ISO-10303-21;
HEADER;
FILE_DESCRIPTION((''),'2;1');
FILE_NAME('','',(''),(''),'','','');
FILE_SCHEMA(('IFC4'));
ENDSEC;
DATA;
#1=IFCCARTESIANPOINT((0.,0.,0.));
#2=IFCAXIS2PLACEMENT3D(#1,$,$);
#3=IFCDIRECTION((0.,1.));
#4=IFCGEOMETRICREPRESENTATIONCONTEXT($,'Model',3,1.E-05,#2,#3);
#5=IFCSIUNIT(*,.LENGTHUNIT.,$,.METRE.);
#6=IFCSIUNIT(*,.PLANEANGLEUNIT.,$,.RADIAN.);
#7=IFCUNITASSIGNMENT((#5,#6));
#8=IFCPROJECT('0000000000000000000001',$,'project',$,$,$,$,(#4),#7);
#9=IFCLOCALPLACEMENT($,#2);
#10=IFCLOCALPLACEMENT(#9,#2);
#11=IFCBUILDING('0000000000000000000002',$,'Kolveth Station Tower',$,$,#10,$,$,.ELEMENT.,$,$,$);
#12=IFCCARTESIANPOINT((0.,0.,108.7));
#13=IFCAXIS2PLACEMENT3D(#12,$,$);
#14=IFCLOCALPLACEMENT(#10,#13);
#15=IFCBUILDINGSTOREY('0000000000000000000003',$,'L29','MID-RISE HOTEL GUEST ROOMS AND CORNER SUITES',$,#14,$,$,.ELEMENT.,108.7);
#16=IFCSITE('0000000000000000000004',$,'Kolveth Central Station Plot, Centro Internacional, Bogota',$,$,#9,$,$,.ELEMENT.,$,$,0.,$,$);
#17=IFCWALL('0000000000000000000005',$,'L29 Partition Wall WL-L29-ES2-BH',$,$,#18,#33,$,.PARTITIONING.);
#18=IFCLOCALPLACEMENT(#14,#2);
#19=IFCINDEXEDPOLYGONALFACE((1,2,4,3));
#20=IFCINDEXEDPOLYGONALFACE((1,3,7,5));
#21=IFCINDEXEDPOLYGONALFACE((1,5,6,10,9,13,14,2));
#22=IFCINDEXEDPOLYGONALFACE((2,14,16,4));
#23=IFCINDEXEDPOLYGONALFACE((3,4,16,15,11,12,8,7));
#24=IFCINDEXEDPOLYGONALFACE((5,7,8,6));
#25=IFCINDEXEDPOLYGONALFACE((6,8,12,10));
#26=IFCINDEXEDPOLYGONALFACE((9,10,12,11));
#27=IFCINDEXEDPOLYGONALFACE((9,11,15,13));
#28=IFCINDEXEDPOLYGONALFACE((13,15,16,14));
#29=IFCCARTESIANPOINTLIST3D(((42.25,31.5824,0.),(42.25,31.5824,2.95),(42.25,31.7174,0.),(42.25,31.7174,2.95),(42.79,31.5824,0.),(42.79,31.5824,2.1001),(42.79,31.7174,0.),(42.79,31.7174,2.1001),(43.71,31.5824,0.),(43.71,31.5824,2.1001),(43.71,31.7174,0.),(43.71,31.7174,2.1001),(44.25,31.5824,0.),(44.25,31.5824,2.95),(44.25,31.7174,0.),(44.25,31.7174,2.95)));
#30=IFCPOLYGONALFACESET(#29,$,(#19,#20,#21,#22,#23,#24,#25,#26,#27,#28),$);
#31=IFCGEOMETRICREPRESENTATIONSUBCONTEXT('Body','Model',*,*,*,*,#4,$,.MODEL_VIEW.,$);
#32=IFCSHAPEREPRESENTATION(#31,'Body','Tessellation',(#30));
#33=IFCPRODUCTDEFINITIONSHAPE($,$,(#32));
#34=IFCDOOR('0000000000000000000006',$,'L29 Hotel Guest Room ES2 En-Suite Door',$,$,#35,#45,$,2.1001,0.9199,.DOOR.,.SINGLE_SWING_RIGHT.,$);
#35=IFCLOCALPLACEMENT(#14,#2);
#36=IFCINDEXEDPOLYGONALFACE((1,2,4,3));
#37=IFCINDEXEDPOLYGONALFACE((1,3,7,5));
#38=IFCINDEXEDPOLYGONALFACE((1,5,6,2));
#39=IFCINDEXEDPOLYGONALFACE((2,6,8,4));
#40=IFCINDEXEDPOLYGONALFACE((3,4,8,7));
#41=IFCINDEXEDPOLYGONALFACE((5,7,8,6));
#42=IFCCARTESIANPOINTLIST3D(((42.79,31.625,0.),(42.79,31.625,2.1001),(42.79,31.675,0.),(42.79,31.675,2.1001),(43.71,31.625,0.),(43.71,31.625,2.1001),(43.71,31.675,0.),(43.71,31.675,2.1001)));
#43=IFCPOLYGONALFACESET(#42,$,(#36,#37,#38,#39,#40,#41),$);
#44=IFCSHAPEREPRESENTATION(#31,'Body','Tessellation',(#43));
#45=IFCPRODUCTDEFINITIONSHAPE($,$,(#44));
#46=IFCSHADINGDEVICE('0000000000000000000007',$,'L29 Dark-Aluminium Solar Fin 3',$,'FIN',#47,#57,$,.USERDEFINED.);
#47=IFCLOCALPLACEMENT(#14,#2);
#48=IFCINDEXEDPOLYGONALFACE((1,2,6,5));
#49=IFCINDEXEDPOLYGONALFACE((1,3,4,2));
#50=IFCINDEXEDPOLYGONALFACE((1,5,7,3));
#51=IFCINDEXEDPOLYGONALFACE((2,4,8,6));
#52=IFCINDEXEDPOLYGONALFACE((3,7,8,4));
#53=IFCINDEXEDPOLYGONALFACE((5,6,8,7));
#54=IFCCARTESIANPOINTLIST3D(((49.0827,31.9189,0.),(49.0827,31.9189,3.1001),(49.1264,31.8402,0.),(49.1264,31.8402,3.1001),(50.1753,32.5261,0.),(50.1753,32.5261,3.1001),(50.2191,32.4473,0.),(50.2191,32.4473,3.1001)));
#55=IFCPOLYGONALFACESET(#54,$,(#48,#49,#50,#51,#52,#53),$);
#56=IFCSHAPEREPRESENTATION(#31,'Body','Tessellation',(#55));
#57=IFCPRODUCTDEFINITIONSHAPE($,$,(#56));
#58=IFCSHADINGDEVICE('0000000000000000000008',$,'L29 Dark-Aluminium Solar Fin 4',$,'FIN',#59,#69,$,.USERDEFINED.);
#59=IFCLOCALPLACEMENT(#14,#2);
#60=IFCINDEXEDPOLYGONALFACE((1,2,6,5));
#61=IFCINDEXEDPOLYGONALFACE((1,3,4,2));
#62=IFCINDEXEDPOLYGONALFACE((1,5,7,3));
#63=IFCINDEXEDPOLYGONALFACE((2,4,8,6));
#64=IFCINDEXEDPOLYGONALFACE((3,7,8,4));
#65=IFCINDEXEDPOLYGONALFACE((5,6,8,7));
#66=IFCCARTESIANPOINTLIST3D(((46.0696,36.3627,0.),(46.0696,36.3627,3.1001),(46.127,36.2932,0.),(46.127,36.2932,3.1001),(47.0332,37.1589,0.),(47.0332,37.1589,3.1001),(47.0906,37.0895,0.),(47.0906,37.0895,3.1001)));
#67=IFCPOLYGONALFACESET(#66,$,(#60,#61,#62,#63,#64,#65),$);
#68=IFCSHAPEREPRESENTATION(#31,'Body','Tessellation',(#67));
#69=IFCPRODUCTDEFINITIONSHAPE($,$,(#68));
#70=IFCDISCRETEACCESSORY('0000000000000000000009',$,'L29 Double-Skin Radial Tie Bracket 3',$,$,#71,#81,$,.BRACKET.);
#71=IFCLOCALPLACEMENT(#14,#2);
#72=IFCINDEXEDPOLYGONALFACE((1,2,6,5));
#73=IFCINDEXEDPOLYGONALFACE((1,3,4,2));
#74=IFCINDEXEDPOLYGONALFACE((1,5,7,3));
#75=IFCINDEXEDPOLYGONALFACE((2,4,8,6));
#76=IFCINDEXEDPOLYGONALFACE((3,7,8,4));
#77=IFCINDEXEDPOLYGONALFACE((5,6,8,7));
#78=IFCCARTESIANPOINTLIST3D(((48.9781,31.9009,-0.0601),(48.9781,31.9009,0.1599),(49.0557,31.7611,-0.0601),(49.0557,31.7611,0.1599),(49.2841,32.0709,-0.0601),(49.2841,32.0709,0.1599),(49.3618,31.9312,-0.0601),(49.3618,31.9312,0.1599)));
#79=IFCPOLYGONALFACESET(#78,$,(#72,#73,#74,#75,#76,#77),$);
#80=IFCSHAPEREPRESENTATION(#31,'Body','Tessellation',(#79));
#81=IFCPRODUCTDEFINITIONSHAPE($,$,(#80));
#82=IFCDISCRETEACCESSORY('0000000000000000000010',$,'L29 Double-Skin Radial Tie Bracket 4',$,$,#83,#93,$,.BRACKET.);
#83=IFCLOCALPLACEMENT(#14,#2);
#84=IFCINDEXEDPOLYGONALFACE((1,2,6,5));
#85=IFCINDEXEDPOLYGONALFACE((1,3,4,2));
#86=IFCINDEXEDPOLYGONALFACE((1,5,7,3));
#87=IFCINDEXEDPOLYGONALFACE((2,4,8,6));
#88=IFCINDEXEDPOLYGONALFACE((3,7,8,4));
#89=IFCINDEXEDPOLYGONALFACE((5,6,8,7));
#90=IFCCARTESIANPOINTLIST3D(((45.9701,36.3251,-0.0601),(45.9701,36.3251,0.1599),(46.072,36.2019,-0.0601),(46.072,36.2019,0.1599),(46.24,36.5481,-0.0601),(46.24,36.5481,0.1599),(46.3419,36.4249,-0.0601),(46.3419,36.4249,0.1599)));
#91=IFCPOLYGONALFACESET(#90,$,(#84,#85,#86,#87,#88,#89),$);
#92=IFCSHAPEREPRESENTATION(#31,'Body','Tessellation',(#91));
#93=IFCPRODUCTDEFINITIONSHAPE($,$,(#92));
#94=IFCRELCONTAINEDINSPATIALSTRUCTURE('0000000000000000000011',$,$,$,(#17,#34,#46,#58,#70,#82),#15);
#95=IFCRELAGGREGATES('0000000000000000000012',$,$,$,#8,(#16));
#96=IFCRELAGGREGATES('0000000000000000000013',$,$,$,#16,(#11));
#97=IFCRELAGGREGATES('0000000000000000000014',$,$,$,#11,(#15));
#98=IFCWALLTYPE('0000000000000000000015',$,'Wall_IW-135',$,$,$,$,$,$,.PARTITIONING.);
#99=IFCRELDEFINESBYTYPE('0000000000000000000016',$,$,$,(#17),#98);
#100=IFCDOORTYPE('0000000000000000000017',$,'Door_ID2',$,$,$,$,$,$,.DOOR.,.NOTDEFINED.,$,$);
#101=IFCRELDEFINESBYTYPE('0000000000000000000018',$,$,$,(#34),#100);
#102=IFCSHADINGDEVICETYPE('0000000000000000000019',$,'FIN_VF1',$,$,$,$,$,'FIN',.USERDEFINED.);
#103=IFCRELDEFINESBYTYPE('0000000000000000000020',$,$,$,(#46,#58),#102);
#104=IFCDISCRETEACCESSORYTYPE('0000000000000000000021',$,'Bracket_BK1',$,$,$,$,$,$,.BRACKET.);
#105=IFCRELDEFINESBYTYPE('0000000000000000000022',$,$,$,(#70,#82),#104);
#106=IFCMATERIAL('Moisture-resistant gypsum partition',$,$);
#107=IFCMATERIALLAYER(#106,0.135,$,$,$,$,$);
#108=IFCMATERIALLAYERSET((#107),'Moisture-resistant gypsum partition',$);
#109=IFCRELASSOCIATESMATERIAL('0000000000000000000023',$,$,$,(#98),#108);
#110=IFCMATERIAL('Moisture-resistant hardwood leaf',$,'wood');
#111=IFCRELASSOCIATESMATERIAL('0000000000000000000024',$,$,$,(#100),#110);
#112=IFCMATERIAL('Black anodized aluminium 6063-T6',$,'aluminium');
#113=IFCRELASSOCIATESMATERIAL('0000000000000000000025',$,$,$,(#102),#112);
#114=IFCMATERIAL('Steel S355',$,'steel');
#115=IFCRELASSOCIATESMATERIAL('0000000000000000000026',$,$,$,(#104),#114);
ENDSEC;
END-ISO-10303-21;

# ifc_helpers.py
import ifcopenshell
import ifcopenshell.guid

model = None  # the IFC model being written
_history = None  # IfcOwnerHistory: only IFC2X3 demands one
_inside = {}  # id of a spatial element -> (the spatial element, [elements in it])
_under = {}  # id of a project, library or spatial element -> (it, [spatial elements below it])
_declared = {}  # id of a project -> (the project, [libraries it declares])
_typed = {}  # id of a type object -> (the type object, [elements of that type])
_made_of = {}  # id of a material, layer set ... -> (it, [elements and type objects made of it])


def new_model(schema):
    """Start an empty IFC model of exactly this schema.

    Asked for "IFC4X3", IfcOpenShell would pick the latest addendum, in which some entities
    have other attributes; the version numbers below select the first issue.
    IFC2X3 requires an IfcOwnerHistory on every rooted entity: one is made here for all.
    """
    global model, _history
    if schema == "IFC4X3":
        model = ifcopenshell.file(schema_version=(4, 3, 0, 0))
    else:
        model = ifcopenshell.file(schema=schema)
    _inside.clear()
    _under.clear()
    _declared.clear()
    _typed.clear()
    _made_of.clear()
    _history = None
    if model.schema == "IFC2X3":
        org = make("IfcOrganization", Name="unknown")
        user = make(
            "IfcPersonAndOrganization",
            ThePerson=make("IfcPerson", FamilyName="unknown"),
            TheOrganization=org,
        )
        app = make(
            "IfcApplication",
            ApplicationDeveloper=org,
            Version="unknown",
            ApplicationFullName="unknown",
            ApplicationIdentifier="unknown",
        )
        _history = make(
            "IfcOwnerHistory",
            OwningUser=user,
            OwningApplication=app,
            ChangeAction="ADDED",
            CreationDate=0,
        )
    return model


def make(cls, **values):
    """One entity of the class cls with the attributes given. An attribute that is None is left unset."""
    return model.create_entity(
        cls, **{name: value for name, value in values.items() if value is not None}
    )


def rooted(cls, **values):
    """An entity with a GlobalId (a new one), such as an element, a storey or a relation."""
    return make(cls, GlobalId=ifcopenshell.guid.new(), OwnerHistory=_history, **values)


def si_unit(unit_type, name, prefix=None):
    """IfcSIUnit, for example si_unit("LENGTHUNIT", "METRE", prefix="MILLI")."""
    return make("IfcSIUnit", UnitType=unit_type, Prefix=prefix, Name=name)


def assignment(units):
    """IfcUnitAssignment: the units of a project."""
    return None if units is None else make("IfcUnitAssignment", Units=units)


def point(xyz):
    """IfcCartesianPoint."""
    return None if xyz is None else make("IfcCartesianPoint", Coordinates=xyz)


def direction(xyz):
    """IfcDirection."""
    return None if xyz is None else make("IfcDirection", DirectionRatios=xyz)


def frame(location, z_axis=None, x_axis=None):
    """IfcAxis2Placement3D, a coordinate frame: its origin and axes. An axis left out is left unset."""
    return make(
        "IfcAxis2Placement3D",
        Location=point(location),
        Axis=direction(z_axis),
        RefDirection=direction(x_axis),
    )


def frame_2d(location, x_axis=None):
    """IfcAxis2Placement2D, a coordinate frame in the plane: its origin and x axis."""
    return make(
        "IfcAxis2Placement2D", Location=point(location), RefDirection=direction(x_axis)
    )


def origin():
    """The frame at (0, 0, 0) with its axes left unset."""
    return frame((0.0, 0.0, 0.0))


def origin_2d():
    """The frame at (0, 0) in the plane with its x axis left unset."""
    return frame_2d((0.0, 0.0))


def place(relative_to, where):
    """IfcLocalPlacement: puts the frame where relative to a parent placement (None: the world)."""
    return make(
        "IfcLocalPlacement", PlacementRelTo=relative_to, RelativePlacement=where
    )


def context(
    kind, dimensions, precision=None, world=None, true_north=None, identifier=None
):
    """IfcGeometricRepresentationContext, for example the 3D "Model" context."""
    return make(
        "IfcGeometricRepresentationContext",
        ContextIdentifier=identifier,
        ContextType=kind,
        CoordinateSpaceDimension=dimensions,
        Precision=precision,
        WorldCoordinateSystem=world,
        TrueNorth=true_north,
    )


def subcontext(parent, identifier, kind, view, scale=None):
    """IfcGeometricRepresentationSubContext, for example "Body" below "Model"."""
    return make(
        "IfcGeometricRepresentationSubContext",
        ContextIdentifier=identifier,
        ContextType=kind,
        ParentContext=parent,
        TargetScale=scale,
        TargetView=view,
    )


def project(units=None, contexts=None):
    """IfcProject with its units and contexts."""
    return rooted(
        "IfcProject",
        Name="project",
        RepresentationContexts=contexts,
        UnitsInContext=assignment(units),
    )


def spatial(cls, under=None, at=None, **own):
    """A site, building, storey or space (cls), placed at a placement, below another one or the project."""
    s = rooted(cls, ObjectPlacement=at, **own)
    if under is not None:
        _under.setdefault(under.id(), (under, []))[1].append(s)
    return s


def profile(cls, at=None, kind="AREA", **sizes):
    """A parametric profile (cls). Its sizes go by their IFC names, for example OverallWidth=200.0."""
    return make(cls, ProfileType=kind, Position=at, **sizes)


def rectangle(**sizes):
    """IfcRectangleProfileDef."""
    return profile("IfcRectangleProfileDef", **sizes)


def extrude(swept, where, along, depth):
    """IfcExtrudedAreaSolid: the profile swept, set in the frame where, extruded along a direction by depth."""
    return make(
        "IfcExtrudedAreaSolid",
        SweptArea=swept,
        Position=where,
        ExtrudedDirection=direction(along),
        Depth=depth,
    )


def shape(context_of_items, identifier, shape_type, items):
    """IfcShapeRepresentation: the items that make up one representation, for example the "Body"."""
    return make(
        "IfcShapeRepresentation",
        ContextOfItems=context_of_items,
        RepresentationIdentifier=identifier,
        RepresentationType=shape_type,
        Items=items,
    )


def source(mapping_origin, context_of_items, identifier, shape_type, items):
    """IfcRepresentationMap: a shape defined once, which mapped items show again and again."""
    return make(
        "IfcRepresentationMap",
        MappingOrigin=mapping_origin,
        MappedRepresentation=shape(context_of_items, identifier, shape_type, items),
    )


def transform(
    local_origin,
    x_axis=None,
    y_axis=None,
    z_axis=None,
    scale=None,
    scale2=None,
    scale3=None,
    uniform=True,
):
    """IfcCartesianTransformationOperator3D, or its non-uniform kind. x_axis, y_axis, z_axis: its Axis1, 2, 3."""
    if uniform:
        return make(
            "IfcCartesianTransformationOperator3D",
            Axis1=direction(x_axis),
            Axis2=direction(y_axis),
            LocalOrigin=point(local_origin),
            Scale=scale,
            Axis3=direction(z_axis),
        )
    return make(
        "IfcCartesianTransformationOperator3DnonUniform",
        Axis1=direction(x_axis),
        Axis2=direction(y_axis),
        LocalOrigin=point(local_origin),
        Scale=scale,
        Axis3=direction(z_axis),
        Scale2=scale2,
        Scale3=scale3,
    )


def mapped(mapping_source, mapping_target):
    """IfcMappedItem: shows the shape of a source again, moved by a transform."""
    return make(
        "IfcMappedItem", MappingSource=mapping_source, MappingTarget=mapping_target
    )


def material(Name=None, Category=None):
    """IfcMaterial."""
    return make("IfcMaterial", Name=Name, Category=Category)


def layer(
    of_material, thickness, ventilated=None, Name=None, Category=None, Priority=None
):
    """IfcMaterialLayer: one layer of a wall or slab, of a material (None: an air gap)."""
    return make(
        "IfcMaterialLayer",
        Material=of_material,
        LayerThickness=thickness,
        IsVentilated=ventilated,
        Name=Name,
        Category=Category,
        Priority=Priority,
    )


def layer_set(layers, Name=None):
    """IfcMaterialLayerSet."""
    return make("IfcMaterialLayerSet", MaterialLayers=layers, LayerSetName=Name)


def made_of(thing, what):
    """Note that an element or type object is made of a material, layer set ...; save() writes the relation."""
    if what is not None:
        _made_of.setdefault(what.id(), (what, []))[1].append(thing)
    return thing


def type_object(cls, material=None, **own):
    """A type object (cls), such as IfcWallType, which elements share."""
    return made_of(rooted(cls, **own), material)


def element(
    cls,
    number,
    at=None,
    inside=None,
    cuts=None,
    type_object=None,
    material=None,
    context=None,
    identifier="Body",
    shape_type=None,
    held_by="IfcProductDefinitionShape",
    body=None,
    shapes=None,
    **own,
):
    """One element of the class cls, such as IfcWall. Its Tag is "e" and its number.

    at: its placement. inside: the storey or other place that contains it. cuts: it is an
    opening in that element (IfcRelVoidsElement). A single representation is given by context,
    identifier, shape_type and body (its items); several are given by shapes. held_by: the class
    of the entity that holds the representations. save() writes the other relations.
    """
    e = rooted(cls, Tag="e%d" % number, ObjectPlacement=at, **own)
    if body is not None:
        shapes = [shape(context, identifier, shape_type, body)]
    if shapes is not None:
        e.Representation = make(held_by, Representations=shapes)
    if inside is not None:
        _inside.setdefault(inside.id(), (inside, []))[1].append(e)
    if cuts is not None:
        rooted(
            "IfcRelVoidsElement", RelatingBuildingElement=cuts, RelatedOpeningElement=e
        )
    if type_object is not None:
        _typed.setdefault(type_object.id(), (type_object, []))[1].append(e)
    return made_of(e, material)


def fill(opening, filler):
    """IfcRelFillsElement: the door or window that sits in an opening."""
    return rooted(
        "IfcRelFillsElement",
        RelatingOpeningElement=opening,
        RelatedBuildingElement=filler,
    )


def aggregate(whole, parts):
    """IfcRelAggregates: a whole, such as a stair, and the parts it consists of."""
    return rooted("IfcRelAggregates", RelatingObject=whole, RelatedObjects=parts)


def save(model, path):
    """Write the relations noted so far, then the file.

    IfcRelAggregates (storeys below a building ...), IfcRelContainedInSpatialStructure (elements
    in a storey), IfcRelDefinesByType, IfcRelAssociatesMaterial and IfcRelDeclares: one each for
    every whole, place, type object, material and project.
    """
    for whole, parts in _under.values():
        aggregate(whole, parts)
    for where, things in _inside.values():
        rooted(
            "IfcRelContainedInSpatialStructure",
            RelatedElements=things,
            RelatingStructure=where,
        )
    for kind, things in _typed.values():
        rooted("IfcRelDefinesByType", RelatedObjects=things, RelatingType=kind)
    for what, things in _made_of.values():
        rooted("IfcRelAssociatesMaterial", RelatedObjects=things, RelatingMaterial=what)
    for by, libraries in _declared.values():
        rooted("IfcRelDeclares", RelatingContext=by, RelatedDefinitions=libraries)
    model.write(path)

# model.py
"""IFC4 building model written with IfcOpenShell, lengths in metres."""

from ifc_helpers import new_model, si_unit, direction, frame, frame_2d, origin, origin_2d, place, context, subcontext, project, spatial, rectangle, extrude, source, transform, mapped, material, layer, layer_set, type_object, element, fill, save


model = new_model("IFC4")

# Units and contexts
model_context = context("Model", 3, precision=1e-05, world=origin(), true_north=direction((0.0, 1.0)))
body_context = subcontext(model_context, "Body", "Model", "MODEL_VIEW")
ifc_project = project(units=[si_unit("LENGTHUNIT", "METRE"), si_unit("PLANEANGLEUNIT", "RADIAN")], contexts=[model_context])

# Site, building, storey
site_placement = place(None, origin())
site = spatial("IfcSite", under=ifc_project, at=site_placement, Name="Kolveth Central Station Plot, Centro Internacional, Bogota", CompositionType="ELEMENT", RefElevation=0.0)
building_placement = place(site_placement, origin())
building = spatial("IfcBuilding", under=site, at=building_placement, Name="Kolveth Station Tower", CompositionType="ELEMENT")
storey_placement = place(building_placement, frame((0.0, 0.0, 108.7)))
storey = spatial("IfcBuildingStorey", under=building, at=storey_placement, Name="L29", Description="MID-RISE HOTEL GUEST ROOMS AND CORNER SUITES", CompositionType="ELEMENT", Elevation=108.7)

# Shared definitions
ifc_material_1 = material(Name="Black anodized aluminium 6063-T6", Category="aluminium")

# Wall, opening, door
ifc_material_2 = material(Name="Moisture-resistant gypsum partition")
ifc_layer_1 = layer(ifc_material_2, 0.135)
ifc_layer_set_1 = layer_set([ifc_layer_1], Name="Moisture-resistant gypsum partition")
wall_type = type_object("IfcWallType", Name="Wall_IW-135", PredefinedType="PARTITIONING", material=ifc_layer_set_1)
wall_placement = place(storey_placement, frame((42.25, 31.6499, 0.0), z_axis=(0.0, 0.0, 1.0), x_axis=(1.0, 0.0, 0.0)))
wall = element("IfcWall", 1, at=wall_placement, inside=storey, type_object=wall_type, Name="L29 Partition Wall WL-L29-ES2-BH", PredefinedType="PARTITIONING", context=body_context, shape_type="SweptSolid", body=[
    extrude(rectangle(XDim=2.0, YDim=0.135, at=frame_2d((1.0, 0.0))), origin(), (0.0, 0.0, 1.0), 2.95),
])
opening_placement = place(wall_placement, frame((0.54, 0.0, 0.0)))
opening = element("IfcOpeningElement", 2, at=opening_placement, cuts=wall, PredefinedType="OPENING", context=body_context, shape_type="SweptSolid", body=[
    extrude(rectangle(XDim=0.9199, YDim=2.1001, at=frame_2d((0.46, 1.05))), frame((0.0, 0.0774, 0.0), z_axis=(0.0, -1.0, 0.0), x_axis=(1.0, 0.0, 0.0)), (0.0, 0.0, 1.0), 0.155),
])
ifc_material_3 = material(Name="Moisture-resistant hardwood leaf", Category="wood")
door_type = type_object("IfcDoorType", Name="Door_ID2", OperationType="NOTDEFINED", PredefinedType="DOOR", material=ifc_material_3)
door_placement = place(opening_placement, frame((0.9199, 0.0, 0.0), z_axis=(0.0, 0.0, 1.0), x_axis=(-1.0, 0.0, 0.0)))
door = element("IfcDoor", 3, at=door_placement, inside=storey, type_object=door_type, Name="L29 Hotel Guest Room ES2 En-Suite Door", OperationType="SINGLE_SWING_RIGHT", OverallHeight=2.1001, OverallWidth=0.9199, PredefinedType="DOOR", context=body_context, shape_type="SweptSolid", body=[
    extrude(rectangle(XDim=0.9199, YDim=2.1001, at=frame_2d((0.46, 1.05))), frame((0.0, 0.0249, 0.0), z_axis=(0.0, -1.0, 0.0), x_axis=(1.0, 0.0, 0.0)), (0.0, 0.0, 1.0), 0.05),
])
fill(opening, door)

# Shading devices
shading_device_type = type_object("IfcShadingDeviceType", Name="FIN_VF1", ElementType="FIN", PredefinedType="USERDEFINED", material=ifc_material_1)
shared_shape_1 = source(origin(), body_context, "Body", "SweptSolid", [
    extrude(rectangle(XDim=1.25, YDim=0.0901, at=origin_2d()), origin(), (0.0, 0.0, 1.0), 3.1001),
])
for number, where, z_axis, x_axis, name in (
    (4, (49.6509, 32.1831, 0.0), (0.0, 0.0, 1.0), (0.874112, 0.485725, 0.0), "L29 Dark-Aluminium Solar Fin 3"),
    (5, (46.5801, 36.7261, 0.0), (0.0, 0.0, 1.0), (0.770847, 0.63702, 0.0), "L29 Dark-Aluminium Solar Fin 4"),
):
    element("IfcShadingDevice", number, at=place(storey_placement, frame(where, z_axis=z_axis, x_axis=x_axis)), inside=storey, type_object=shading_device_type, Name=name, ObjectType="FIN", PredefinedType="USERDEFINED", context=body_context, shape_type="MappedRepresentation", body=[
        mapped(shared_shape_1, transform((0.0, 0.0, 0.0), x_axis=(1.0, 0.0, 0.0), y_axis=(0.0, 1.0, 0.0), z_axis=(0.0, 0.0, 1.0), scale=1.0)),
    ])

# Discrete accessories
ifc_material_4 = material(Name="Steel S355", Category="steel")
discrete_accessory_type = type_object("IfcDiscreteAccessoryType", Name="Bracket_BK1", PredefinedType="BRACKET", material=ifc_material_4)
shared_shape_2 = source(origin(), body_context, "Body", "SweptSolid", [
    extrude(rectangle(XDim=0.3501, YDim=0.1599, at=origin_2d()), origin(), (0.0, 0.0, 1.0), 0.22),
])
for number, where, z_axis, x_axis, name in (
    (6, (49.1699, 31.916, -0.0601), (0.0, 0.0, 1.0), (0.874112, 0.485725, 0.0), "L29 Double-Skin Radial Tie Bracket 3"),
    (7, (46.156, 36.375, -0.0601), (0.0, 0.0, 1.0), (0.770847, 0.63702, 0.0), "L29 Double-Skin Radial Tie Bracket 4"),
):
    element("IfcDiscreteAccessory", number, at=place(storey_placement, frame(where, z_axis=z_axis, x_axis=x_axis)), inside=storey, type_object=discrete_accessory_type, Name=name, PredefinedType="BRACKET", context=body_context, shape_type="MappedRepresentation", body=[
        mapped(shared_shape_2, transform((0.0, 0.0, 0.0), x_axis=(1.0, 0.0, 0.0), y_axis=(0.0, 1.0, 0.0), z_axis=(0.0, 0.0, 1.0), scale=1.0)),
    ])

save(model, "model.ifc")
